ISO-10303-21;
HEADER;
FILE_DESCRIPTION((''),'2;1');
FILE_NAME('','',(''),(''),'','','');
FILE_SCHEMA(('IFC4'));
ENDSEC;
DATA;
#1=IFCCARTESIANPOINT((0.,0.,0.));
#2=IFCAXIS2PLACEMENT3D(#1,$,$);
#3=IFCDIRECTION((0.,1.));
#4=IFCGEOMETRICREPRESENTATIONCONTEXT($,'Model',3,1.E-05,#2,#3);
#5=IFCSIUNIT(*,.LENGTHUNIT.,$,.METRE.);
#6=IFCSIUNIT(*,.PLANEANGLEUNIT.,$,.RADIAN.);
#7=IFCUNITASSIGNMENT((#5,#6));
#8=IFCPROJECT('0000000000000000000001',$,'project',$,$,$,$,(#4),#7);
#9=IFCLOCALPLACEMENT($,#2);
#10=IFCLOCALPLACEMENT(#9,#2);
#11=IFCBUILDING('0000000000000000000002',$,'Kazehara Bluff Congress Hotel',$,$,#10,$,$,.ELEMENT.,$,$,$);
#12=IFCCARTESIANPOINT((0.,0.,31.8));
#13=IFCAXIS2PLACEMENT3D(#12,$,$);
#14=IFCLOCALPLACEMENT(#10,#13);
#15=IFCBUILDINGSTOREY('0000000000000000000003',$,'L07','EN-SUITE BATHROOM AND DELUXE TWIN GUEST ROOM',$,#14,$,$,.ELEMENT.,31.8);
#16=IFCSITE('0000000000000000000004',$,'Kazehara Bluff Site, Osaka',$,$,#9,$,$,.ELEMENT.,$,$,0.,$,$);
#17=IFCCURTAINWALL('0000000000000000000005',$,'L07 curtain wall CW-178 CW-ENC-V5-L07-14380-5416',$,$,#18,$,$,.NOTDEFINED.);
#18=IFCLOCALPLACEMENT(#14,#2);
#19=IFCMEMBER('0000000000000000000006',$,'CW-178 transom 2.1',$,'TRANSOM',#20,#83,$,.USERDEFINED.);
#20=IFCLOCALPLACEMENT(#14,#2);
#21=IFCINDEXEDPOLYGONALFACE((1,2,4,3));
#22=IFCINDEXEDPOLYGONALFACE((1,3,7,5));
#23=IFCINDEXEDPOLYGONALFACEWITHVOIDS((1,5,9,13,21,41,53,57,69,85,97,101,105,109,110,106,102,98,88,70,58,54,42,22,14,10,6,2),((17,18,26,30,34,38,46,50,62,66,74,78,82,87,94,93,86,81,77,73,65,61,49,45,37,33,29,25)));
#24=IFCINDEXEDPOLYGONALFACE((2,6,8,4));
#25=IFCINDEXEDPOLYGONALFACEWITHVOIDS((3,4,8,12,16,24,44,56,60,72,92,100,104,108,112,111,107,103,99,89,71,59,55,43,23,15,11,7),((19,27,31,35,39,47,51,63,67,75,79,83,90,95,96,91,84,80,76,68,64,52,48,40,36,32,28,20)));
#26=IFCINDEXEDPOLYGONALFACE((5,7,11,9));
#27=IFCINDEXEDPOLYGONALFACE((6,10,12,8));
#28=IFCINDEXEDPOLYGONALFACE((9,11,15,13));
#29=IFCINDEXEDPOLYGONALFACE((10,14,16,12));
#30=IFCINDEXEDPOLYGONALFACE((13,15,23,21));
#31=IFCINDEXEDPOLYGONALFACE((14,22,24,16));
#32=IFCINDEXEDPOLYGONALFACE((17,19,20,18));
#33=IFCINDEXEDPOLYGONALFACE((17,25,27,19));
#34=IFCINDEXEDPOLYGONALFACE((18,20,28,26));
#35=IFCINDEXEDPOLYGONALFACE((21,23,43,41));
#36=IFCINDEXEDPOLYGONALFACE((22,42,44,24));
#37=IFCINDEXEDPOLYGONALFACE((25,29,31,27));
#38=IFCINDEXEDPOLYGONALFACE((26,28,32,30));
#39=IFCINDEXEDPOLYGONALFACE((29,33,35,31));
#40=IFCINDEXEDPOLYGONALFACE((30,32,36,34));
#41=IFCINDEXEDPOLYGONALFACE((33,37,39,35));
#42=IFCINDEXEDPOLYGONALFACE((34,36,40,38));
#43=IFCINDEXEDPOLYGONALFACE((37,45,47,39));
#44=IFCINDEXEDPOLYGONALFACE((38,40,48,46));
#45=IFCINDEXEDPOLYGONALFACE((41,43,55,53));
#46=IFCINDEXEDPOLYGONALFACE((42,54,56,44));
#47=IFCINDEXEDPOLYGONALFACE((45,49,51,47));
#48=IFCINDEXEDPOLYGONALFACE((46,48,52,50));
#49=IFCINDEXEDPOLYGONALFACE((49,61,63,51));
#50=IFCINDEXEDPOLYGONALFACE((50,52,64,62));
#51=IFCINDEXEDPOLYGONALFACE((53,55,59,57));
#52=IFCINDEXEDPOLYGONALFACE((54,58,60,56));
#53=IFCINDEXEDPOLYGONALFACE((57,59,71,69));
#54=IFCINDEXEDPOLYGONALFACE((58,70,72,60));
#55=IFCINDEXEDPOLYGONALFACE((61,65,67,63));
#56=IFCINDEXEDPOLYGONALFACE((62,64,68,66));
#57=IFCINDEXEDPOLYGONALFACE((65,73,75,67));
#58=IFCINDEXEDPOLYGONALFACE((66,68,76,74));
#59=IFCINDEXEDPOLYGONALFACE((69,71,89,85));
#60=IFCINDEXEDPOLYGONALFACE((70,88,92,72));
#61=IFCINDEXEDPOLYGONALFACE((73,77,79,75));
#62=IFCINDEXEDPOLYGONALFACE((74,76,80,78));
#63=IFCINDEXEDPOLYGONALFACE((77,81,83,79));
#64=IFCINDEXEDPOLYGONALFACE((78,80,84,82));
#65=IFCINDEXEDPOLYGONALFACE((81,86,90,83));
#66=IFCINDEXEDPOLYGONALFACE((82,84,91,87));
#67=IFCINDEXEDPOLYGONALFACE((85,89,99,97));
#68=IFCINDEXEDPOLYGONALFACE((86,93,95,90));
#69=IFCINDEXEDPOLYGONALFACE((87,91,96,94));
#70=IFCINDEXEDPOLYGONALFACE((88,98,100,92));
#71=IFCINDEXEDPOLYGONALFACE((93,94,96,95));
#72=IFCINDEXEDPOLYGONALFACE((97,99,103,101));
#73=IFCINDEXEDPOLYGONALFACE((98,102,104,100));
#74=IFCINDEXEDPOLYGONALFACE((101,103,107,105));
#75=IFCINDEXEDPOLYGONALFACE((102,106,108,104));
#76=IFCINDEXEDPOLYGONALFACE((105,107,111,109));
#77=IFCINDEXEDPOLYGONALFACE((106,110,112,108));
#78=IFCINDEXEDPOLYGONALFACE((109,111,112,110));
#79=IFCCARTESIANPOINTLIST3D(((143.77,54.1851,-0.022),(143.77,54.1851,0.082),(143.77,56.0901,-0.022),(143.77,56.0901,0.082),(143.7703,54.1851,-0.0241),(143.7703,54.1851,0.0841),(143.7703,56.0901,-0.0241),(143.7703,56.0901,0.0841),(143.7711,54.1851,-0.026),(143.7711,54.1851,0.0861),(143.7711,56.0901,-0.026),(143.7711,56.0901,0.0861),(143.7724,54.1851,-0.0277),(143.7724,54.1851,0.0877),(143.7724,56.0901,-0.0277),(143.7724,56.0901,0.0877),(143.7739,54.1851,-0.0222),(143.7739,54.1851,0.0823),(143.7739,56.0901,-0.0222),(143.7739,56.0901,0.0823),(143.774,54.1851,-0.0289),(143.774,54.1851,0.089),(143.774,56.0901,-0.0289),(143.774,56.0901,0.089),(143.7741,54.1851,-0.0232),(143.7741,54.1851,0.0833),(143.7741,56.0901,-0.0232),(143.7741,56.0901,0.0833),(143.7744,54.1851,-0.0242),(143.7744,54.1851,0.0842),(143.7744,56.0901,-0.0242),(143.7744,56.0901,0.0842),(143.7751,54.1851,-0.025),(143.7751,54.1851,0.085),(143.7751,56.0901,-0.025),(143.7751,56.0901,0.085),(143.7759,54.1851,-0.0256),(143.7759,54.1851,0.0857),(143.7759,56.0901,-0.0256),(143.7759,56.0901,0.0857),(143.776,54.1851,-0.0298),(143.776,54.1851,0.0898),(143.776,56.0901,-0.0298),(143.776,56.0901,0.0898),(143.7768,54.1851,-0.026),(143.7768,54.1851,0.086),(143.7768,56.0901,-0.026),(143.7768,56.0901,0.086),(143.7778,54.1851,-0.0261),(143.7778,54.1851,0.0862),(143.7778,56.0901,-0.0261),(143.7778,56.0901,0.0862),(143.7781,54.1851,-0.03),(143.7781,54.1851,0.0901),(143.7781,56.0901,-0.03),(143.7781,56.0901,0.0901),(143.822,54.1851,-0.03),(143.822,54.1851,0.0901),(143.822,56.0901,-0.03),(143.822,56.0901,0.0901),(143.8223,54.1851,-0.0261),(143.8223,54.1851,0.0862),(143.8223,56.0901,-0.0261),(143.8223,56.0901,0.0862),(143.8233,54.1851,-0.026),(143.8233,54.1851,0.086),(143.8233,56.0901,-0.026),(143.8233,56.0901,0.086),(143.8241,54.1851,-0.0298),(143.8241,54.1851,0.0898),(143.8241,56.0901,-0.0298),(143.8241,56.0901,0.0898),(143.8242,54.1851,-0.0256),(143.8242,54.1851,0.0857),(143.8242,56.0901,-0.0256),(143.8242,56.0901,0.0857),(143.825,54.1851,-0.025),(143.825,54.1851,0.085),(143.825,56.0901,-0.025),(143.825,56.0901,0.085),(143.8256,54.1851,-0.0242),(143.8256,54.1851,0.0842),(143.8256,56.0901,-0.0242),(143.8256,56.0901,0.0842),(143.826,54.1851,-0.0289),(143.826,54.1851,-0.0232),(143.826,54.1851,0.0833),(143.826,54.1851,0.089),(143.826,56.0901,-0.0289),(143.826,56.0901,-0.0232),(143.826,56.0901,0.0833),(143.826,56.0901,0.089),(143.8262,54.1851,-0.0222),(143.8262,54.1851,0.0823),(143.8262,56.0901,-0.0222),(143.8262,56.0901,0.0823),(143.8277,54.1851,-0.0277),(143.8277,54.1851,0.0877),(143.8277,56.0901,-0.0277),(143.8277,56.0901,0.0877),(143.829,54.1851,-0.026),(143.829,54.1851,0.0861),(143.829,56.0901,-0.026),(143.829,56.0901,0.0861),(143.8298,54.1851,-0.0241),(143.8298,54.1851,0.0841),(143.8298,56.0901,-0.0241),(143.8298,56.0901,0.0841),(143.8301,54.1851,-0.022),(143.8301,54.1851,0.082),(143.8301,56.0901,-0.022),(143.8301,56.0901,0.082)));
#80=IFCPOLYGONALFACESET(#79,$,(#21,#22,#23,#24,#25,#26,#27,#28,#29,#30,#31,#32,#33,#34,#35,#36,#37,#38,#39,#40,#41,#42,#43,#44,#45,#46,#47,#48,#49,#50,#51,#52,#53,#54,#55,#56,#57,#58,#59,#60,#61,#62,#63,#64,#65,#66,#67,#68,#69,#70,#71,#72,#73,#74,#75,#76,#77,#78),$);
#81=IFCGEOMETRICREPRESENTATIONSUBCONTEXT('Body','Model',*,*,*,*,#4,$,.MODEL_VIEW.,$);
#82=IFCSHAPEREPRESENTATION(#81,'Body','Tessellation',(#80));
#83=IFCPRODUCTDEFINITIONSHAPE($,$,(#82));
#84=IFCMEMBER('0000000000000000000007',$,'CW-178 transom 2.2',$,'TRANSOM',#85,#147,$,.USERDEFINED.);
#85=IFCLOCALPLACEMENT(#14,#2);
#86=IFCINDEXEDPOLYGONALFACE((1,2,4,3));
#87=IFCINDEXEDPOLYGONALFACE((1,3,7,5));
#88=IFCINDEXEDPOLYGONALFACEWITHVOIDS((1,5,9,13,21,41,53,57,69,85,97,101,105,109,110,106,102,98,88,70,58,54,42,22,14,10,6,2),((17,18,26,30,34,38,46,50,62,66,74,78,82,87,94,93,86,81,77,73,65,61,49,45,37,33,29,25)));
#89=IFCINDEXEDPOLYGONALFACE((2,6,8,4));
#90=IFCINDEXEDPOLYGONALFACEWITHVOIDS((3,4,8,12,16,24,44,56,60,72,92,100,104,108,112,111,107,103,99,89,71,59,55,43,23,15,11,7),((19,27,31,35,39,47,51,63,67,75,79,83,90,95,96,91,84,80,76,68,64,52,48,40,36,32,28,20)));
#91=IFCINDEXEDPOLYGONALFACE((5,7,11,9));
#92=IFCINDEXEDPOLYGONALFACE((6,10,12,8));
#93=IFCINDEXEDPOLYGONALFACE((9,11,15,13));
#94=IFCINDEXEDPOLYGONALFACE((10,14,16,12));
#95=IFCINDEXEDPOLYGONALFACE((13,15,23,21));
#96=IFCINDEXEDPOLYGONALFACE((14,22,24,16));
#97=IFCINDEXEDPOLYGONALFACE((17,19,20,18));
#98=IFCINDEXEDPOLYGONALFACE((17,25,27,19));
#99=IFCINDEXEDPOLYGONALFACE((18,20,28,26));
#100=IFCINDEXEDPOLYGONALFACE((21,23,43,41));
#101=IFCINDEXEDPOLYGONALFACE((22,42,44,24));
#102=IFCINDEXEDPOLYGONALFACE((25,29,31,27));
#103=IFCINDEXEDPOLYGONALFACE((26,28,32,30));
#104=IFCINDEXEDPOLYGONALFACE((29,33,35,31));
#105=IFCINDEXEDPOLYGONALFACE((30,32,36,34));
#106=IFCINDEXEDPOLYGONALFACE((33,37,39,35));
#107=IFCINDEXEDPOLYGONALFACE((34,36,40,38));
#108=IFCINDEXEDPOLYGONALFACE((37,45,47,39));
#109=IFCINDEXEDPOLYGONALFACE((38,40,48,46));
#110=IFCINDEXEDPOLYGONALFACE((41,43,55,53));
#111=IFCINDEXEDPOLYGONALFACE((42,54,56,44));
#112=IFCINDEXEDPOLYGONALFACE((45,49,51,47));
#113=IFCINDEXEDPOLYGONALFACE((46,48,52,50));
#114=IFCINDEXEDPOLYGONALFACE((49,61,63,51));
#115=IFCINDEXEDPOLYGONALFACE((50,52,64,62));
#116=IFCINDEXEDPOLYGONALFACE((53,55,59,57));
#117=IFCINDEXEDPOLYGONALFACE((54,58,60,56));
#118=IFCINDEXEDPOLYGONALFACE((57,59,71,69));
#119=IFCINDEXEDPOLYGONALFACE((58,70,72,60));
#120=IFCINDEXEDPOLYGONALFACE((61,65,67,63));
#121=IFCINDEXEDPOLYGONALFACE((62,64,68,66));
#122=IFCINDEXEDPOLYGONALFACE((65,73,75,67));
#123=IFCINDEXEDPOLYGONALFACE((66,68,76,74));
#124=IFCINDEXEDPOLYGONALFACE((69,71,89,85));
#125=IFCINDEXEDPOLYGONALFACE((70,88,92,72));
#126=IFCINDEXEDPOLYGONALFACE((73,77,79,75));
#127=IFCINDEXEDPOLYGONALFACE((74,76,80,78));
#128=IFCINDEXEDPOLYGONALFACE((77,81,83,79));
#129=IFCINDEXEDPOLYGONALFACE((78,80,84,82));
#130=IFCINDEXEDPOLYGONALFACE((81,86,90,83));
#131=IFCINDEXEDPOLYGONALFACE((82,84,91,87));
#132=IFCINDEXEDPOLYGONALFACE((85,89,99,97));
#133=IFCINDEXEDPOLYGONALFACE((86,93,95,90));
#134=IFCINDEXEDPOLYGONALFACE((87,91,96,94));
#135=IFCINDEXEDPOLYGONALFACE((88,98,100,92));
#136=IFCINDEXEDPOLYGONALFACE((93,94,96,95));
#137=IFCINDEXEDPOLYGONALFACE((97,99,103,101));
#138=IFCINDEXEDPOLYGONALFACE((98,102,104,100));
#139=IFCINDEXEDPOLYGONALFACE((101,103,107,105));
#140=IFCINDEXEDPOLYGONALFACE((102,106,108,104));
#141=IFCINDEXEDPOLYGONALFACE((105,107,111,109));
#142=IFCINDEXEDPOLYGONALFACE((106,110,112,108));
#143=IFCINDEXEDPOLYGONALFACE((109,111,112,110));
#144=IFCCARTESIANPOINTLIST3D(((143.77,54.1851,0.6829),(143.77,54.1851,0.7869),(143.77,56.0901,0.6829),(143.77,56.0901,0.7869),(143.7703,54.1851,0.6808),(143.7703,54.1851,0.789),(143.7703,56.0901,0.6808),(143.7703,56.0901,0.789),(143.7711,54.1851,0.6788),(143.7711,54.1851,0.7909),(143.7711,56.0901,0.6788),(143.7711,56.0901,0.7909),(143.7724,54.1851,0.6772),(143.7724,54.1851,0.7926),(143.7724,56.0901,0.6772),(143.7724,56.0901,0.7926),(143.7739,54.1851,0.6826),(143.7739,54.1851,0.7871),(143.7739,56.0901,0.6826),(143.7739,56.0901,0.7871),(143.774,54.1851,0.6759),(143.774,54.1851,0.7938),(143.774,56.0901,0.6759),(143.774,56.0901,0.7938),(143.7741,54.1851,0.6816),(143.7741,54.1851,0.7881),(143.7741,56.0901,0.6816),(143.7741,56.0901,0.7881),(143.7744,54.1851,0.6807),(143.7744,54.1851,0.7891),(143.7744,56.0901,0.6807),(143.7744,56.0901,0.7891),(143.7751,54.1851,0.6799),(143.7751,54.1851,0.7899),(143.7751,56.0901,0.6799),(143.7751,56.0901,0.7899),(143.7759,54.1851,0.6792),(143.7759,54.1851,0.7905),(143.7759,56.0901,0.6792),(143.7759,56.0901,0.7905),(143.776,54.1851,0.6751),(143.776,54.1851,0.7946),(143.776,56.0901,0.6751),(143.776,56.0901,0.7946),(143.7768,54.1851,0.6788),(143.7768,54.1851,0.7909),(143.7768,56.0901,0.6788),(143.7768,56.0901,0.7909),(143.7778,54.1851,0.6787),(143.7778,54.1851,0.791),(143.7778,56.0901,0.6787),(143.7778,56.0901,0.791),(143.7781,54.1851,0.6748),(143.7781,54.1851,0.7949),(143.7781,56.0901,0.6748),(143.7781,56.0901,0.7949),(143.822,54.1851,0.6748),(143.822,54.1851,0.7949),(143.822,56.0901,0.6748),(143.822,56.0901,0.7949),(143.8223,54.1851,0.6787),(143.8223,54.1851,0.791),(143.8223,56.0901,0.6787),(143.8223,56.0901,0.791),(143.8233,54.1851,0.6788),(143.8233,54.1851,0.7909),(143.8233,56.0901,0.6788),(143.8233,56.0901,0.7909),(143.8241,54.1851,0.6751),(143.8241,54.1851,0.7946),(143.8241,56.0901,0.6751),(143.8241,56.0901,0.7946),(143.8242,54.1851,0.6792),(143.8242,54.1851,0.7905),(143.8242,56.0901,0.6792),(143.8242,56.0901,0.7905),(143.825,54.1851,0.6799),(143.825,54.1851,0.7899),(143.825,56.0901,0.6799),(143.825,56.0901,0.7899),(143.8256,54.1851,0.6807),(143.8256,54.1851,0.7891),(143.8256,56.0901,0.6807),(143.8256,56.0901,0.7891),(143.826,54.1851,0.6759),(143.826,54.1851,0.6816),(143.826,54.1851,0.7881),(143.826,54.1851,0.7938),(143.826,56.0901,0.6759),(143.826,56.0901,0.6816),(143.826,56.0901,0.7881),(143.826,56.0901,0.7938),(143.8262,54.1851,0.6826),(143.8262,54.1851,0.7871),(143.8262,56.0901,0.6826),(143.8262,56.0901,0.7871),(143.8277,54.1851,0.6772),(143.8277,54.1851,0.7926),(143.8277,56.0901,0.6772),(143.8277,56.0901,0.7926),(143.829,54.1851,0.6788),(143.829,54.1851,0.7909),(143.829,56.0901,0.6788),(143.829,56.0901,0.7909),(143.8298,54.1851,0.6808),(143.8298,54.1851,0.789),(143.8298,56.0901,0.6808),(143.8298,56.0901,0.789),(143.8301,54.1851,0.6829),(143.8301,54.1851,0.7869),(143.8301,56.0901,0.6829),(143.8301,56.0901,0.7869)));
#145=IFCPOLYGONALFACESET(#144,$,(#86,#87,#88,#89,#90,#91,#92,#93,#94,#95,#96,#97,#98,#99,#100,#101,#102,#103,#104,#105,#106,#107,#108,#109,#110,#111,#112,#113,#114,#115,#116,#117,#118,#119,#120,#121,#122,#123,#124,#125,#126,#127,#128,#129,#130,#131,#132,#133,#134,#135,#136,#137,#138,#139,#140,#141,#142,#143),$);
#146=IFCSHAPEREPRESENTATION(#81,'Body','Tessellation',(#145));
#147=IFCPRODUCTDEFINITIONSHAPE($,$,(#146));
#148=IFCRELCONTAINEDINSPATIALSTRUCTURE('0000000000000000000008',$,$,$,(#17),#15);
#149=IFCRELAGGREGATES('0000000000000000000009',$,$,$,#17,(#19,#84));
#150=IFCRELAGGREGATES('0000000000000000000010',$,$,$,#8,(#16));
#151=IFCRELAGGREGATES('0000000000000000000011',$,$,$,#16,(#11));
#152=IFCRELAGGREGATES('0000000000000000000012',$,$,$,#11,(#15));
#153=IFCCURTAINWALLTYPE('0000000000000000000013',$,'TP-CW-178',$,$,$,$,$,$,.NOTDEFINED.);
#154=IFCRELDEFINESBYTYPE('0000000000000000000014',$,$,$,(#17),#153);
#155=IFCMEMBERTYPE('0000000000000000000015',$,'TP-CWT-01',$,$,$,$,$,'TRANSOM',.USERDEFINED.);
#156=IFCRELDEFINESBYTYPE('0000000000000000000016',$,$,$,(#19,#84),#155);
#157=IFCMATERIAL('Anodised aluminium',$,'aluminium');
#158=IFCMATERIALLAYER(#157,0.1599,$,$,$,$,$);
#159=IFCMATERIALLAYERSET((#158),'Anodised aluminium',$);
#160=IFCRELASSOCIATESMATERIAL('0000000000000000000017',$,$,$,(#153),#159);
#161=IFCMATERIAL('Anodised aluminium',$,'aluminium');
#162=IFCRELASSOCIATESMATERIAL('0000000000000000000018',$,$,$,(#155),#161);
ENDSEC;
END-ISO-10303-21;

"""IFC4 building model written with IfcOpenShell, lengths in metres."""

from ifc_helpers import new_model, si_unit, direction, frame, origin, origin_2d, place, context, subcontext, project, spatial, hollow_rectangle, extrude, material, layer, layer_set, material_profile, profile_set, type_object, element, aggregate, save


model = new_model("IFC4")

# Units and contexts
model_context = context("Model", 3, precision=1e-05, world=origin(), true_north=direction((0.0, 1.0)))
body_context = subcontext(model_context, "Body", "Model", "MODEL_VIEW")
ifc_project = project(units=[si_unit("LENGTHUNIT", "METRE"), si_unit("PLANEANGLEUNIT", "RADIAN")], contexts=[model_context])

# Site, building, storey
site_placement = place(None, origin())
site = spatial("IfcSite", under=ifc_project, at=site_placement, Name="Kazehara Bluff Site, Osaka", CompositionType="ELEMENT", RefElevation=0.0)
building_placement = place(site_placement, origin())
building = spatial("IfcBuilding", under=site, at=building_placement, Name="Kazehara Bluff Congress Hotel", CompositionType="ELEMENT")
storey_placement = place(building_placement, frame((0.0, 0.0, 31.8)))
storey = spatial("IfcBuildingStorey", under=building, at=storey_placement, Name="L07", Description="EN-SUITE BATHROOM AND DELUXE TWIN GUEST ROOM", CompositionType="ELEMENT", Elevation=31.8)

# Curtain wall
ifc_material_1 = material(Name="Anodised aluminium", Category="aluminium")
ifc_layer_1 = layer(ifc_material_1, 0.1599)
ifc_layer_set_1 = layer_set([ifc_layer_1], Name="Anodised aluminium")
curtain_wall_type_1 = type_object("IfcCurtainWallType", Name="TP-CW-178", PredefinedType="NOTDEFINED", material=ifc_layer_set_1)
curtain_wall_1_placement = place(storey_placement, origin())
curtain_wall_1 = element("IfcCurtainWall", 1, at=curtain_wall_1_placement, inside=storey, type_object=curtain_wall_type_1, Name="L07 curtain wall CW-178 CW-ENC-V5-L07-14380-5416", PredefinedType="NOTDEFINED")

# Members
ifc_material_2 = material(Name="Anodised aluminium", Category="aluminium")
ifc_material_profile_1 = material_profile(ifc_material_2, hollow_rectangle(XDim=0.0601, YDim=0.1201, WallThickness=0.0039, InnerFilletRadius=0.0039, OuterFilletRadius=0.0081, at=origin_2d()))
ifc_profile_set_1 = profile_set([ifc_material_profile_1], Name="Anodised aluminium")
member_type_1 = type_object("IfcMemberType", Name="TP-CWT-01", ElementType="TRANSOM", PredefinedType="USERDEFINED", material=ifc_profile_set_1)
member_1_placement = place(storey_placement, frame((143.8, 54.1851, 0.03), z_axis=(0.0, 1.0, 0.0), x_axis=(-1.0, 0.0, 0.0)))
member_1 = element("IfcMember", 2, at=member_1_placement, type_object=member_type_1, Name="CW-178 transom 2.1", ObjectType="TRANSOM", PredefinedType="USERDEFINED", context=body_context, shape_type="SweptSolid", body=[
    extrude(hollow_rectangle(XDim=0.0601, YDim=0.1201, WallThickness=0.0039, InnerFilletRadius=0.0039, OuterFilletRadius=0.0081, at=origin_2d()), origin(), (0.0, 0.0, 1.0), 1.905),
])
member_2_placement = place(storey_placement, frame((143.8, 54.1851, 0.7349), z_axis=(0.0, 1.0, 0.0), x_axis=(-1.0, 0.0, 0.0)))
member_2 = element("IfcMember", 3, at=member_2_placement, type_object=member_type_1, Name="CW-178 transom 2.2", ObjectType="TRANSOM", PredefinedType="USERDEFINED", context=body_context, shape_type="SweptSolid", body=[
    extrude(hollow_rectangle(XDim=0.0601, YDim=0.1201, WallThickness=0.0039, InnerFilletRadius=0.0039, OuterFilletRadius=0.0081, at=origin_2d()), origin(), (0.0, 0.0, 1.0), 1.905),
])

aggregate(curtain_wall_1, [member_1, member_2])

save(model, "model.ifc")
